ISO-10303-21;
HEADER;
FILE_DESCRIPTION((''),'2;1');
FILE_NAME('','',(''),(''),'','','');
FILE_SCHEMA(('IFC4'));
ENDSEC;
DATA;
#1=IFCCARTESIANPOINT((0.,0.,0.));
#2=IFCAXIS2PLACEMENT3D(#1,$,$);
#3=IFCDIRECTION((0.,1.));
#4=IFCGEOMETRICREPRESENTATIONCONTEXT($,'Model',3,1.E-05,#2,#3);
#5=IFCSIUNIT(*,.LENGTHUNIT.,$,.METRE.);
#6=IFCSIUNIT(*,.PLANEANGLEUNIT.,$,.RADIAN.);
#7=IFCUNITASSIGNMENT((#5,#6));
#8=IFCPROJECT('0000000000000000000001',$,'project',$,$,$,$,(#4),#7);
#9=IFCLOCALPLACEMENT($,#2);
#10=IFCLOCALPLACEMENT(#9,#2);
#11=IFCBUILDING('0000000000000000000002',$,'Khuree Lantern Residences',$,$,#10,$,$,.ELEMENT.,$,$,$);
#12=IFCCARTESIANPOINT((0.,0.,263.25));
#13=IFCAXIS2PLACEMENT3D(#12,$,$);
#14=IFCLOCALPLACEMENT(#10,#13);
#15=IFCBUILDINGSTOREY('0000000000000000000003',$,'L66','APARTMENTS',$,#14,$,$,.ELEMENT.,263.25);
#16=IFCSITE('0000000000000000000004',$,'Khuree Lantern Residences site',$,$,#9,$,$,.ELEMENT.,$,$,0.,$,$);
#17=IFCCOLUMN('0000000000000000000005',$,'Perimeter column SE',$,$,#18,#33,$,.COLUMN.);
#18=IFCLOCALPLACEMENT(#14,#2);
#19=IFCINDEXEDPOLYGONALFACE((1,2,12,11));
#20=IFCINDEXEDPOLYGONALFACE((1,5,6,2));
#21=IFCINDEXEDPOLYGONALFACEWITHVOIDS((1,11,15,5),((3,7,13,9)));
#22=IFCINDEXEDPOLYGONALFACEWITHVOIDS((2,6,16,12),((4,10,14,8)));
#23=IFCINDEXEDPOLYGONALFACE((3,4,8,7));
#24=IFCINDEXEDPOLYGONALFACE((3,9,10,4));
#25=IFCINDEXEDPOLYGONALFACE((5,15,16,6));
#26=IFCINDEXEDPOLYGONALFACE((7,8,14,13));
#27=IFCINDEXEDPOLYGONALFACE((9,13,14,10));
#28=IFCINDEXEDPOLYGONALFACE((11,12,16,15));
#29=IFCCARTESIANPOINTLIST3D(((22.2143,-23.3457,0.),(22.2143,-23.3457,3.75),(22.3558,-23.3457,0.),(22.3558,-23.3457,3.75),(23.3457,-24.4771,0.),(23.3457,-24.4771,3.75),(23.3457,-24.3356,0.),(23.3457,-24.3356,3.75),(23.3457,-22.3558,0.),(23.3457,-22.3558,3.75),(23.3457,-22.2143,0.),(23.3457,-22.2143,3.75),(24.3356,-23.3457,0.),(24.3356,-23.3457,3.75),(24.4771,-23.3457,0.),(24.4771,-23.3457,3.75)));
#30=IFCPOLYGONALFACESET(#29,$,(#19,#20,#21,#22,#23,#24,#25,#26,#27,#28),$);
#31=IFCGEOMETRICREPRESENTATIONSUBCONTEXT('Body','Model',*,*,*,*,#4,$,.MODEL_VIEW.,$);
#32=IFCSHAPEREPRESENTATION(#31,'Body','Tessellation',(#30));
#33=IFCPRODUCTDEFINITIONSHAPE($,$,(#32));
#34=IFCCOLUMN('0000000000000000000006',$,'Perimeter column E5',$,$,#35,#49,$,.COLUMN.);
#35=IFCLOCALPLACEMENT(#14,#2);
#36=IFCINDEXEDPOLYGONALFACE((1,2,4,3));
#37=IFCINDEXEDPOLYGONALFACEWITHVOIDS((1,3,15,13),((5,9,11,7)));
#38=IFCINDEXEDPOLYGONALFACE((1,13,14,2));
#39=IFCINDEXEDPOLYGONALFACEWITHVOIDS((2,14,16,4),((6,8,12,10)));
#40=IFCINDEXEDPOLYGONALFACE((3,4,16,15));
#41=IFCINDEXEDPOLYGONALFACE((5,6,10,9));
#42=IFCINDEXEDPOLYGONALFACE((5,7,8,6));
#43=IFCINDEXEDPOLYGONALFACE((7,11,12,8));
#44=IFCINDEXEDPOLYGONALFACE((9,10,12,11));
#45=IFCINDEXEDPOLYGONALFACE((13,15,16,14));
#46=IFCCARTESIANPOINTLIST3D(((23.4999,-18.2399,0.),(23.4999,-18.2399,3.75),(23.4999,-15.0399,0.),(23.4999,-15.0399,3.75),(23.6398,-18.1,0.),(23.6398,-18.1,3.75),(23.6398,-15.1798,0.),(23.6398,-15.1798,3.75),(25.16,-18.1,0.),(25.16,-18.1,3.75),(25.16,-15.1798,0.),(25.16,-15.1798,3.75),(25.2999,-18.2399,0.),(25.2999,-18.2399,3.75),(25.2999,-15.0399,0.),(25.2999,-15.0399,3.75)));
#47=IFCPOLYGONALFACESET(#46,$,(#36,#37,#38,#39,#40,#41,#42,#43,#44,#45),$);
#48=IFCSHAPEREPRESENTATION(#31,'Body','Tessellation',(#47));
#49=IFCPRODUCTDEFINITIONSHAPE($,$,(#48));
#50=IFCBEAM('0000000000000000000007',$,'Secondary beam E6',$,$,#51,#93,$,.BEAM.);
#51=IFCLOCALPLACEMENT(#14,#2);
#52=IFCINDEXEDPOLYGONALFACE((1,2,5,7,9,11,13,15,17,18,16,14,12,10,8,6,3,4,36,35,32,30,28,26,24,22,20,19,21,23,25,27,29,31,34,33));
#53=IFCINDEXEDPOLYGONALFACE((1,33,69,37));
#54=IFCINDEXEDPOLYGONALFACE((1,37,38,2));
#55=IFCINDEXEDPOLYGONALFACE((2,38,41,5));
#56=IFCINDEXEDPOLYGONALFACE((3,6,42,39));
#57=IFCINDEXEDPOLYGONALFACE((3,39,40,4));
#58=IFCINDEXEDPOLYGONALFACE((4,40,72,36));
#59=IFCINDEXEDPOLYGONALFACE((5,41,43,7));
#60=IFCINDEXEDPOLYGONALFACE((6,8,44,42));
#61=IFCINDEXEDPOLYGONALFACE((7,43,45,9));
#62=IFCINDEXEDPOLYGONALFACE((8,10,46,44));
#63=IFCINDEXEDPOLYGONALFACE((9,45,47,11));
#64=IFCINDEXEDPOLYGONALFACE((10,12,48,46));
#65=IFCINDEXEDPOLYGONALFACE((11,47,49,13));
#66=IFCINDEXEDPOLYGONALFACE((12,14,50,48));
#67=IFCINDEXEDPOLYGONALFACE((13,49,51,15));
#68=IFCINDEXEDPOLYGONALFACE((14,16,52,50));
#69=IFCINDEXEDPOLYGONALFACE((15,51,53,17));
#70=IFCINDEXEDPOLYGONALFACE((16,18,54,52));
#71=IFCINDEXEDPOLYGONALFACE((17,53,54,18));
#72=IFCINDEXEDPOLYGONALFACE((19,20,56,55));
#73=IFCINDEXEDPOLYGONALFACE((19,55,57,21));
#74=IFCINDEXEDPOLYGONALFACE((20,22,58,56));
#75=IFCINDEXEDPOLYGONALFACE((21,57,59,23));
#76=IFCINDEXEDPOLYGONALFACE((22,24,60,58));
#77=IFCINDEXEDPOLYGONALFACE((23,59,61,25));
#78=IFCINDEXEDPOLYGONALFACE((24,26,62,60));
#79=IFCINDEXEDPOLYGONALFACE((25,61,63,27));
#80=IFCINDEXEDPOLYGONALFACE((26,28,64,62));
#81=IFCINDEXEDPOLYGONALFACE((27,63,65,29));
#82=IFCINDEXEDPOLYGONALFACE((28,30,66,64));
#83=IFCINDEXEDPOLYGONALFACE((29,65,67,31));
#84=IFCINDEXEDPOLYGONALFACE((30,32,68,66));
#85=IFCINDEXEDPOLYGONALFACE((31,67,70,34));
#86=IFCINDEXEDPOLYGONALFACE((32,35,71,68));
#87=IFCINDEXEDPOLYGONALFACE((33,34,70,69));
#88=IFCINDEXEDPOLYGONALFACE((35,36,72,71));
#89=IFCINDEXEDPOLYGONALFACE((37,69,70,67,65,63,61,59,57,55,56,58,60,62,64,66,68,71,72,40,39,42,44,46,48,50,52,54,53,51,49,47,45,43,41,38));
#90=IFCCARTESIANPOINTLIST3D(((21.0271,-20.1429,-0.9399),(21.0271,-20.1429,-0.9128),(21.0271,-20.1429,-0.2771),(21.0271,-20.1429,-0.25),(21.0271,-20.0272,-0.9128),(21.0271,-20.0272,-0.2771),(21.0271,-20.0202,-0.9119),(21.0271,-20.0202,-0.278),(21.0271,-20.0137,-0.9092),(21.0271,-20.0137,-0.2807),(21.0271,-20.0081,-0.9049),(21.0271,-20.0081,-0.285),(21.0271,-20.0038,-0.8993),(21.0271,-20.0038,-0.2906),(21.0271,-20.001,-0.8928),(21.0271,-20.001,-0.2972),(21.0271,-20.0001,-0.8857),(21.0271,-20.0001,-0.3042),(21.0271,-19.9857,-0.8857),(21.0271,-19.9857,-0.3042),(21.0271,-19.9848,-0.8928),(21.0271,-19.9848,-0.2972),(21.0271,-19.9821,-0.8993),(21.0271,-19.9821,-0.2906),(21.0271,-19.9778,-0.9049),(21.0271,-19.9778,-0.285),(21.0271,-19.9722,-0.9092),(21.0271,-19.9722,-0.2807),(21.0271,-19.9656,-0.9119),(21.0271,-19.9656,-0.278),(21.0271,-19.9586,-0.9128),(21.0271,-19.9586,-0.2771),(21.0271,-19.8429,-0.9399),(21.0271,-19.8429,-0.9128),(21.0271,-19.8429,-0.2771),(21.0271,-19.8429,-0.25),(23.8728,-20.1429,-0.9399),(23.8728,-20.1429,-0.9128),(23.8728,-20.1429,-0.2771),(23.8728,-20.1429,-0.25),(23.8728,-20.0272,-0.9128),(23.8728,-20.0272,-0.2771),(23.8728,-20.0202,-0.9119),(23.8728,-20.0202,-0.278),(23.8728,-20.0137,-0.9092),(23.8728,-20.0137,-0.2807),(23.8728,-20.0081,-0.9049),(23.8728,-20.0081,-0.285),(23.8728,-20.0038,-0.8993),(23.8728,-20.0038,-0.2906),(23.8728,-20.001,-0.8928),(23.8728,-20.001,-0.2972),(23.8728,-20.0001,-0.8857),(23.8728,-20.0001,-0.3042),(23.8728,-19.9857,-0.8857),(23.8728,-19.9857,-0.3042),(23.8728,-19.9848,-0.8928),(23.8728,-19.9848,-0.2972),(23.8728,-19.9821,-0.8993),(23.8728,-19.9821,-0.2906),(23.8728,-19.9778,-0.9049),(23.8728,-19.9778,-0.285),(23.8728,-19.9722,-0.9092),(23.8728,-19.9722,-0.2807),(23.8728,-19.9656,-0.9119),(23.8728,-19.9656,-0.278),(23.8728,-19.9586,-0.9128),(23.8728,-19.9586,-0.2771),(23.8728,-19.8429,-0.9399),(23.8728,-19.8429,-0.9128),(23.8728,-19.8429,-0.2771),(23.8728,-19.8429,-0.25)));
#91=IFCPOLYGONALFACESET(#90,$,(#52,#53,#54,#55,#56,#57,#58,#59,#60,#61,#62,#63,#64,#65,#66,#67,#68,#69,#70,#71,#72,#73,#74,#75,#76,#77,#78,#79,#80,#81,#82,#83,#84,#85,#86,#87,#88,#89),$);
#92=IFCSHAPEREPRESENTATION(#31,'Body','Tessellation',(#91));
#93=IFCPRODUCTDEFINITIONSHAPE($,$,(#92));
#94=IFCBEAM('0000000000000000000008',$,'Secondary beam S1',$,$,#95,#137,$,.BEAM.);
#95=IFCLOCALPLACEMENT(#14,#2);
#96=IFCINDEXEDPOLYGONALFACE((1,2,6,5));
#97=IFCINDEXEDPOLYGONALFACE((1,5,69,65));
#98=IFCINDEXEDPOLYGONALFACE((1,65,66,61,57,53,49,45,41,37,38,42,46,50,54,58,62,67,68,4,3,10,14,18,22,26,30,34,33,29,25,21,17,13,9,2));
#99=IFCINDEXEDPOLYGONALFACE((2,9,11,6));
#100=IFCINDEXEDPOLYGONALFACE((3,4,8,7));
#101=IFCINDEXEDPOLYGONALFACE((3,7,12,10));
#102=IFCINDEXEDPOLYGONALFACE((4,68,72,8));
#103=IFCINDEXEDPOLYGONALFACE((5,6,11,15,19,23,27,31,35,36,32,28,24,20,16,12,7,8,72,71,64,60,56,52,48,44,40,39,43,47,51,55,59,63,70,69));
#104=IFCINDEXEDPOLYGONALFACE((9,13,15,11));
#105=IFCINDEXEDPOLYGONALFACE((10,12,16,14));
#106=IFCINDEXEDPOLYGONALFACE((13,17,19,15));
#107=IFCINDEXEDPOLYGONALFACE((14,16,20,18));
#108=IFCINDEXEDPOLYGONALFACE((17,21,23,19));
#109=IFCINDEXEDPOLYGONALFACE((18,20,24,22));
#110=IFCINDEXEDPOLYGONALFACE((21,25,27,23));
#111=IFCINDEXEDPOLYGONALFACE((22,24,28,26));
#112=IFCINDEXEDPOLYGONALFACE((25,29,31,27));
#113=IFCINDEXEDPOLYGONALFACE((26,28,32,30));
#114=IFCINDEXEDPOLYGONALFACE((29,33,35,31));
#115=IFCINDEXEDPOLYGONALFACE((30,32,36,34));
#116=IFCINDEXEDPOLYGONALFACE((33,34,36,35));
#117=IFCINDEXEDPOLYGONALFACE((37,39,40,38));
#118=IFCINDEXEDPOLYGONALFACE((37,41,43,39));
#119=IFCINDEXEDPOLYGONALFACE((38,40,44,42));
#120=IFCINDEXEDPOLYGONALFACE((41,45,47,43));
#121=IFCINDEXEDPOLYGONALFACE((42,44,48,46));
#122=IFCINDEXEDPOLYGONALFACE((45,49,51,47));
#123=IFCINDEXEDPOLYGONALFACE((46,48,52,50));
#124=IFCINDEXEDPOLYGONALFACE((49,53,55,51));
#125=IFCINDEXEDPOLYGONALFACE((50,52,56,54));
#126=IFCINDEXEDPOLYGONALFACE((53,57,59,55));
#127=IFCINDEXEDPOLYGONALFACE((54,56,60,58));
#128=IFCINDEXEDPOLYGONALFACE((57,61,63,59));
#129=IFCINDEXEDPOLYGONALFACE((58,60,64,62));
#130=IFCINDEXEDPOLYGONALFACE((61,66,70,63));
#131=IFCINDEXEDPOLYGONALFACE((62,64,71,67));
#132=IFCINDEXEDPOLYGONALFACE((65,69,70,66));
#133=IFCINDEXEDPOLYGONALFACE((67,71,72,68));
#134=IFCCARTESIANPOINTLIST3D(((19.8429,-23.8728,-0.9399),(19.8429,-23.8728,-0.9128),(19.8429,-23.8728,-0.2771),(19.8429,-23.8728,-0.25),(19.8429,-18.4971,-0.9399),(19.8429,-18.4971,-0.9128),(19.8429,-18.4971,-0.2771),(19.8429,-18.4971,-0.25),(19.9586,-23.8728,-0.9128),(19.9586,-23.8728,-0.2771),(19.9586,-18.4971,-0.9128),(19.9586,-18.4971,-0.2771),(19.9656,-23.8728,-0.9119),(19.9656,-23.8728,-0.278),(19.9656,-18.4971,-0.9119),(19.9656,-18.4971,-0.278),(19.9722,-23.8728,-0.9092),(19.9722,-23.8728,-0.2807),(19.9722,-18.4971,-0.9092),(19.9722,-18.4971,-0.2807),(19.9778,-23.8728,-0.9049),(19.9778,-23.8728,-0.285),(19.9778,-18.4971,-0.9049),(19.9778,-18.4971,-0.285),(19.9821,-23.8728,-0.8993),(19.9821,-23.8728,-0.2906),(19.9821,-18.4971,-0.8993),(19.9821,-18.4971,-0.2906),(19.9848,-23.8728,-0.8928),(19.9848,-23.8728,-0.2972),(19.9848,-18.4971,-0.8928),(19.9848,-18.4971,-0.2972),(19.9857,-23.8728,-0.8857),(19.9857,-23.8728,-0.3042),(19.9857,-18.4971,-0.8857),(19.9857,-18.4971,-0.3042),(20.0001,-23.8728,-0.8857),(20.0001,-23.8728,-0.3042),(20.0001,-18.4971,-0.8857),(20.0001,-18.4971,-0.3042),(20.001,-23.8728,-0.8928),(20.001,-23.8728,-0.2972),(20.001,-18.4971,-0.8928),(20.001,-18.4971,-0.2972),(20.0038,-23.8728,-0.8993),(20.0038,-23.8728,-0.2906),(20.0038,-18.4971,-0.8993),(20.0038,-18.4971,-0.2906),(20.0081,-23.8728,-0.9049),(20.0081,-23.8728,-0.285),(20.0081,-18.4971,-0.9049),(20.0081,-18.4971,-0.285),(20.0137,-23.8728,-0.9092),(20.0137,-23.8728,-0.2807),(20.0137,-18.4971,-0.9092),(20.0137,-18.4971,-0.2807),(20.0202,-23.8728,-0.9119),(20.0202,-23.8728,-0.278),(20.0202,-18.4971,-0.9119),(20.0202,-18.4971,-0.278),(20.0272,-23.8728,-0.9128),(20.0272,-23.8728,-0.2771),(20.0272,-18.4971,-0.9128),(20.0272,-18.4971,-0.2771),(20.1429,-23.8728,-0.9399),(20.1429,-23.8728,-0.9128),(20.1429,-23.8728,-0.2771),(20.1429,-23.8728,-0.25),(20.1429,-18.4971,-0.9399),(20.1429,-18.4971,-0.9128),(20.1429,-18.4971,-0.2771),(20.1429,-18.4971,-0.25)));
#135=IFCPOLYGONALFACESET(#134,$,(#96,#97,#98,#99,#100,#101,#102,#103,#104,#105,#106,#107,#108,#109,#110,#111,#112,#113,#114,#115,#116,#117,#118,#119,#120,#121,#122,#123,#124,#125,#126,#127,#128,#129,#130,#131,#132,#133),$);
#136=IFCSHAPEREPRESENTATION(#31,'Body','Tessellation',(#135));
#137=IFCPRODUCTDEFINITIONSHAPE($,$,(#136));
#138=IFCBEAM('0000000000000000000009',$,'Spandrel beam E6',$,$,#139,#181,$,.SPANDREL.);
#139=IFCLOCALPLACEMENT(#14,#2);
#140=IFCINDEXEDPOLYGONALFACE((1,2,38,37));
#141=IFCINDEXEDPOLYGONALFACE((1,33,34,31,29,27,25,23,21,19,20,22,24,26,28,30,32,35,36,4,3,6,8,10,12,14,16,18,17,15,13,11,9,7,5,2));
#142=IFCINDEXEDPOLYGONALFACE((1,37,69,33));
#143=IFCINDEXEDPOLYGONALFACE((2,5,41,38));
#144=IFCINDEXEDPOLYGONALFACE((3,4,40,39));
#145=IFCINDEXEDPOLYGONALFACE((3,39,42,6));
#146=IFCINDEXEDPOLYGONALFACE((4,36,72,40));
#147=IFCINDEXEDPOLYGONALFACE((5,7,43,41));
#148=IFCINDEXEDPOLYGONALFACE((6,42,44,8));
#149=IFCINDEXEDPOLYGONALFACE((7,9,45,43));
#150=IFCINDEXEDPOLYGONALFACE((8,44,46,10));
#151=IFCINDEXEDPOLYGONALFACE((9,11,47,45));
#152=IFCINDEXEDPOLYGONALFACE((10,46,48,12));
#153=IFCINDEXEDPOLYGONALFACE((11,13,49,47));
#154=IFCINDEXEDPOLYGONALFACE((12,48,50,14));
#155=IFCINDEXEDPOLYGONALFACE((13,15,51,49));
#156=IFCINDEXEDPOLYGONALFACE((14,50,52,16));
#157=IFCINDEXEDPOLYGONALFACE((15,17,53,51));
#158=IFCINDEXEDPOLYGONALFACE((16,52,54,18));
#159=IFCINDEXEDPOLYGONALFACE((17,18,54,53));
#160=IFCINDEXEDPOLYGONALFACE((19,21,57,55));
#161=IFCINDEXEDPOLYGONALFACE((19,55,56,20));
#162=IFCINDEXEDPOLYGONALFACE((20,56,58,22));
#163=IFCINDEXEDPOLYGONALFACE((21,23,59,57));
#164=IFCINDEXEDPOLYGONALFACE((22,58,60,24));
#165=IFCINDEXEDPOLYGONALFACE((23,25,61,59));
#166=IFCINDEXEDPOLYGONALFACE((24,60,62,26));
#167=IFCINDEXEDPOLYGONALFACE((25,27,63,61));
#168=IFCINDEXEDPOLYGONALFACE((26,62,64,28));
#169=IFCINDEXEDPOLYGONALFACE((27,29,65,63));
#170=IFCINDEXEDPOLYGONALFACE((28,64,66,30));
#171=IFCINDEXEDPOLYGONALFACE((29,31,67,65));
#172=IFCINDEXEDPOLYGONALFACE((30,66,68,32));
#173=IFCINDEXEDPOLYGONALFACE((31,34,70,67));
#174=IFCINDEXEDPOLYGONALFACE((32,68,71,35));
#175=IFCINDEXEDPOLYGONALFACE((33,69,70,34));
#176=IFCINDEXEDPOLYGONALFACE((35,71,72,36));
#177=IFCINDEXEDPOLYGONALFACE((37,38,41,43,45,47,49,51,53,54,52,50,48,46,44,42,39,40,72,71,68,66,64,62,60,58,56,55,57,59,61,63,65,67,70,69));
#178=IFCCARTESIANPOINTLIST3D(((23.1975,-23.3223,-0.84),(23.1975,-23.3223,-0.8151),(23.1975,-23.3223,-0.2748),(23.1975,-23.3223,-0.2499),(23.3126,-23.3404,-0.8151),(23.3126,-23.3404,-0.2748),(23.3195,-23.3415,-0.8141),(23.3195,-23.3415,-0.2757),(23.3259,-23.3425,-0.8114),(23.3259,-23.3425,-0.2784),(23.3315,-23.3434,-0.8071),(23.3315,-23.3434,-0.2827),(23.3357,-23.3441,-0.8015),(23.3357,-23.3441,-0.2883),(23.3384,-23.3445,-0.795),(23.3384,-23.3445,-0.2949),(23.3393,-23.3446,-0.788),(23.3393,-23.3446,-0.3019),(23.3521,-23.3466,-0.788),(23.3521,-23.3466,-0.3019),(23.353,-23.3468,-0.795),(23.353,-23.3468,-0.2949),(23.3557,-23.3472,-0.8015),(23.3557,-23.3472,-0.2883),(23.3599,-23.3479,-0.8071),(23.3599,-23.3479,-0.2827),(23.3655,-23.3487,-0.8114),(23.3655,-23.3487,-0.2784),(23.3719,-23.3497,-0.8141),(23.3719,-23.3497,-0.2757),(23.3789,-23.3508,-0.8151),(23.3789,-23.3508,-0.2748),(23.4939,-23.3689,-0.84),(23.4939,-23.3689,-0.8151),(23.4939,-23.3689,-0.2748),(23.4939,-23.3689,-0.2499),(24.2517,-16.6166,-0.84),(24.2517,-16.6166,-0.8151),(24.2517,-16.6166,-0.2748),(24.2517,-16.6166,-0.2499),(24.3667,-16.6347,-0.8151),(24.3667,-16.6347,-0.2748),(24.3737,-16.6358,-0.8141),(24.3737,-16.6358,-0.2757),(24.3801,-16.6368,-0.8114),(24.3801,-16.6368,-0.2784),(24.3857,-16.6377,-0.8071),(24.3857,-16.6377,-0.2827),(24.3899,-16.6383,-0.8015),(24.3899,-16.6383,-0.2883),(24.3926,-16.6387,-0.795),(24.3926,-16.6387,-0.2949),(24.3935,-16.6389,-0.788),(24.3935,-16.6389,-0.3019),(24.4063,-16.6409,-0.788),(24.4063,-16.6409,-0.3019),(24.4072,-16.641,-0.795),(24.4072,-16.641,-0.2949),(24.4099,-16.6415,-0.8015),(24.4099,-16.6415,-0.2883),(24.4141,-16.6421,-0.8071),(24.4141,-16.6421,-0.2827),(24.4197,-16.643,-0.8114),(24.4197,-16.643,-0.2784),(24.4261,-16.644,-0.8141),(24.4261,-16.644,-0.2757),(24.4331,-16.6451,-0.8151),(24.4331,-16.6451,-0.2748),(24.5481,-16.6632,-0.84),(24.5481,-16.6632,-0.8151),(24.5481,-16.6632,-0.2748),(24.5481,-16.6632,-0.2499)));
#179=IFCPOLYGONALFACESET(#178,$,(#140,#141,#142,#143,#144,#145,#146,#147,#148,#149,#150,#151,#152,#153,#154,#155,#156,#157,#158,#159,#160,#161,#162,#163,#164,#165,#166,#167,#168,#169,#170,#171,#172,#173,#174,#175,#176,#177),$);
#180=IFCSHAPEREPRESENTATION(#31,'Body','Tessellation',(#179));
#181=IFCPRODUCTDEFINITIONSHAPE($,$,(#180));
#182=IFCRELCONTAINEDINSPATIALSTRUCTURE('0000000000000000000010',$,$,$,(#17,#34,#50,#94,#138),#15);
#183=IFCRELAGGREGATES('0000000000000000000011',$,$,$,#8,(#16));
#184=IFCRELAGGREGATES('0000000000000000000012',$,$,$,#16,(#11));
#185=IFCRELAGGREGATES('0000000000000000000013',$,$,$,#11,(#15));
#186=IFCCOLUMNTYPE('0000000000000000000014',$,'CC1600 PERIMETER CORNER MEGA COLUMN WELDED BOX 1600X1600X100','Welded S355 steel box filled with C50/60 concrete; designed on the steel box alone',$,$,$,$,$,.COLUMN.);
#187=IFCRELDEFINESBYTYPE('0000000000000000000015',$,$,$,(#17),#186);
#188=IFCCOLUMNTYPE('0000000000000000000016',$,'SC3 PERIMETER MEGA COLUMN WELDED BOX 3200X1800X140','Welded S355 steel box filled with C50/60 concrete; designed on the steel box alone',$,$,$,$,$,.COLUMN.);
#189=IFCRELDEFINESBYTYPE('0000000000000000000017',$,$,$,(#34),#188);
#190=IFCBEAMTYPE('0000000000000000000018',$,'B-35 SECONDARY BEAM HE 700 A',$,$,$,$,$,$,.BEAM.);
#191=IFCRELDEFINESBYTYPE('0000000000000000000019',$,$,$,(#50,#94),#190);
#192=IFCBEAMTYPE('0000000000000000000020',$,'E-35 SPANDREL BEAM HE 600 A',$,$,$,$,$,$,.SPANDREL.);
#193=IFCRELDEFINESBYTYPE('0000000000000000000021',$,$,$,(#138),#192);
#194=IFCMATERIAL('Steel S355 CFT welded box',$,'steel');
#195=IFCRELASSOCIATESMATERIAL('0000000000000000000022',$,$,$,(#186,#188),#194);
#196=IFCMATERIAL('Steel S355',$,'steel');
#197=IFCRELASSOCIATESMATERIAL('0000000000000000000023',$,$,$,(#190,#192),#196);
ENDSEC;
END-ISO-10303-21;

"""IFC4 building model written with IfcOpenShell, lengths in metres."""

from ifc_helpers import new_model, si_unit, direction, frame, origin, origin_2d, place, context, subcontext, project, spatial, hollow_rectangle, i_section, extrude, material, material_profile, profile_set, type_object, element, save


model = new_model("IFC4")

# Units and contexts
model_context = context("Model", 3, precision=1e-05, world=origin(), true_north=direction((0.0, 1.0)))
body_context = subcontext(model_context, "Body", "Model", "MODEL_VIEW")
ifc_project = project(units=[si_unit("LENGTHUNIT", "METRE"), si_unit("PLANEANGLEUNIT", "RADIAN")], contexts=[model_context])

# Site, building, storey
site_placement = place(None, origin())
site = spatial("IfcSite", under=ifc_project, at=site_placement, Name="Khuree Lantern Residences site", CompositionType="ELEMENT", RefElevation=0.0)
building_placement = place(site_placement, origin())
building = spatial("IfcBuilding", under=site, at=building_placement, Name="Khuree Lantern Residences", CompositionType="ELEMENT")
storey_placement = place(building_placement, frame((0.0, 0.0, 263.25)))
storey = spatial("IfcBuildingStorey", under=building, at=storey_placement, Name="L66", Description="APARTMENTS", CompositionType="ELEMENT", Elevation=263.25)

# Columns
ifc_material_1 = material(Name="Steel S355 CFT welded box", Category="steel")
ifc_material_profile_1 = material_profile(ifc_material_1, hollow_rectangle(XDim=1.6001, YDim=1.6001, WallThickness=0.1001, at=origin_2d()), Name="WELDED BOX 1600X1600X100")
ifc_profile_set_1 = profile_set([ifc_material_profile_1], Name="Steel S355 CFT welded box")
column_type_1 = type_object("IfcColumnType", Name="CC1600 PERIMETER CORNER MEGA COLUMN WELDED BOX 1600X1600X100", Description="Welded S355 steel box filled with C50/60 concrete; designed on the steel box alone", PredefinedType="COLUMN", material=ifc_profile_set_1)
column_1_placement = place(storey_placement, frame((23.3457, -23.3457, 0.0), z_axis=(0.0, 0.0, 1.0), x_axis=(0.707107, 0.707107, 0.0)))
element("IfcColumn", 1, at=column_1_placement, inside=storey, type_object=column_type_1, Name="Perimeter column SE", PredefinedType="COLUMN", context=body_context, shape_type="SweptSolid", body=[
    extrude(hollow_rectangle(XDim=1.6001, YDim=1.6001, WallThickness=0.1001, at=origin_2d()), origin(), (0.0, 0.0, 1.0), 3.75),
])
ifc_material_profile_2 = material_profile(ifc_material_1, hollow_rectangle(XDim=3.2, YDim=1.8, WallThickness=0.1399, at=origin_2d()), Name="WELDED BOX 3200X1800X140")
ifc_profile_set_2 = profile_set([ifc_material_profile_2], Name="Steel S355 CFT welded box")
column_type_2 = type_object("IfcColumnType", Name="SC3 PERIMETER MEGA COLUMN WELDED BOX 3200X1800X140", Description="Welded S355 steel box filled with C50/60 concrete; designed on the steel box alone", PredefinedType="COLUMN", material=ifc_profile_set_2)
column_2_placement = place(storey_placement, frame((24.3999, -16.6399, 0.0), z_axis=(0.0, 0.0, 1.0), x_axis=(0.0, 1.0, 0.0)))
element("IfcColumn", 2, at=column_2_placement, inside=storey, type_object=column_type_2, Name="Perimeter column E5", PredefinedType="COLUMN", context=body_context, shape_type="SweptSolid", body=[
    extrude(hollow_rectangle(XDim=3.2, YDim=1.8, WallThickness=0.1399, at=origin_2d()), origin(), (0.0, 0.0, 1.0), 3.75),
])

# Beams
ifc_material_2 = material(Name="Steel S355", Category="steel")
ifc_material_profile_3 = material_profile(ifc_material_2, i_section(OverallWidth=0.3, OverallDepth=0.6899, WebThickness=0.0144, FlangeThickness=0.0271, FilletRadius=0.0271, at=origin_2d()), Name="HE 700 A")
ifc_profile_set_3 = profile_set([ifc_material_profile_3], Name="Steel S355")
beam_type_1 = type_object("IfcBeamType", Name="B-35 SECONDARY BEAM HE 700 A", PredefinedType="BEAM", material=ifc_profile_set_3)
beam_1_placement = place(storey_placement, frame((23.8728, -19.9929, -0.595), z_axis=(-1.0, 0.0, 0.0), x_axis=(0.0, -1.0, 0.0)))
element("IfcBeam", 3, at=beam_1_placement, inside=storey, type_object=beam_type_1, Name="Secondary beam E6", PredefinedType="BEAM", context=body_context, shape_type="SweptSolid", body=[
    extrude(i_section(OverallWidth=0.3, OverallDepth=0.6899, WebThickness=0.0144, FlangeThickness=0.0271, FilletRadius=0.0271, at=origin_2d()), origin(), (0.0, 0.0, 1.0), 2.8457),
])
beam_2_placement = place(storey_placement, frame((19.9929, -23.8728, -0.595), z_axis=(0.0, 1.0, 0.0), x_axis=(-1.0, 0.0, 0.0)))
element("IfcBeam", 4, at=beam_2_placement, inside=storey, type_object=beam_type_1, Name="Secondary beam S1", PredefinedType="BEAM", context=body_context, shape_type="SweptSolid", body=[
    extrude(i_section(OverallWidth=0.3, OverallDepth=0.6899, WebThickness=0.0144, FlangeThickness=0.0271, FilletRadius=0.0271, at=origin_2d()), origin(), (0.0, 0.0, 1.0), 5.3757),
])
ifc_material_profile_4 = material_profile(ifc_material_2, i_section(OverallWidth=0.3, OverallDepth=0.5901, WebThickness=0.0129, FlangeThickness=0.0249, FilletRadius=0.0271, at=origin_2d()), Name="HE 600 A")
ifc_profile_set_4 = profile_set([ifc_material_profile_4], Name="Steel S355")
beam_type_2 = type_object("IfcBeamType", Name="E-35 SPANDREL BEAM HE 600 A", PredefinedType="SPANDREL", material=ifc_profile_set_4)
for number, where, z_axis, x_axis, name in (
    (5, (24.3999, -16.6399, -0.5449), (-0.1553, -0.987867, 0.0), (0.987867, -0.1553, 0.0), "Spandrel beam E6"),
):
    element("IfcBeam", number, at=place(storey_placement, frame(where, z_axis=z_axis, x_axis=x_axis)), inside=storey, type_object=beam_type_2, Name=name, PredefinedType="SPANDREL", context=body_context, shape_type="SweptSolid", body=[
        extrude(i_section(OverallWidth=0.3, OverallDepth=0.5901, WebThickness=0.0129, FlangeThickness=0.0249, FilletRadius=0.0271, at=origin_2d()), origin(), (0.0, 0.0, 1.0), 6.7881),
    ])

save(model, "model.ifc")
